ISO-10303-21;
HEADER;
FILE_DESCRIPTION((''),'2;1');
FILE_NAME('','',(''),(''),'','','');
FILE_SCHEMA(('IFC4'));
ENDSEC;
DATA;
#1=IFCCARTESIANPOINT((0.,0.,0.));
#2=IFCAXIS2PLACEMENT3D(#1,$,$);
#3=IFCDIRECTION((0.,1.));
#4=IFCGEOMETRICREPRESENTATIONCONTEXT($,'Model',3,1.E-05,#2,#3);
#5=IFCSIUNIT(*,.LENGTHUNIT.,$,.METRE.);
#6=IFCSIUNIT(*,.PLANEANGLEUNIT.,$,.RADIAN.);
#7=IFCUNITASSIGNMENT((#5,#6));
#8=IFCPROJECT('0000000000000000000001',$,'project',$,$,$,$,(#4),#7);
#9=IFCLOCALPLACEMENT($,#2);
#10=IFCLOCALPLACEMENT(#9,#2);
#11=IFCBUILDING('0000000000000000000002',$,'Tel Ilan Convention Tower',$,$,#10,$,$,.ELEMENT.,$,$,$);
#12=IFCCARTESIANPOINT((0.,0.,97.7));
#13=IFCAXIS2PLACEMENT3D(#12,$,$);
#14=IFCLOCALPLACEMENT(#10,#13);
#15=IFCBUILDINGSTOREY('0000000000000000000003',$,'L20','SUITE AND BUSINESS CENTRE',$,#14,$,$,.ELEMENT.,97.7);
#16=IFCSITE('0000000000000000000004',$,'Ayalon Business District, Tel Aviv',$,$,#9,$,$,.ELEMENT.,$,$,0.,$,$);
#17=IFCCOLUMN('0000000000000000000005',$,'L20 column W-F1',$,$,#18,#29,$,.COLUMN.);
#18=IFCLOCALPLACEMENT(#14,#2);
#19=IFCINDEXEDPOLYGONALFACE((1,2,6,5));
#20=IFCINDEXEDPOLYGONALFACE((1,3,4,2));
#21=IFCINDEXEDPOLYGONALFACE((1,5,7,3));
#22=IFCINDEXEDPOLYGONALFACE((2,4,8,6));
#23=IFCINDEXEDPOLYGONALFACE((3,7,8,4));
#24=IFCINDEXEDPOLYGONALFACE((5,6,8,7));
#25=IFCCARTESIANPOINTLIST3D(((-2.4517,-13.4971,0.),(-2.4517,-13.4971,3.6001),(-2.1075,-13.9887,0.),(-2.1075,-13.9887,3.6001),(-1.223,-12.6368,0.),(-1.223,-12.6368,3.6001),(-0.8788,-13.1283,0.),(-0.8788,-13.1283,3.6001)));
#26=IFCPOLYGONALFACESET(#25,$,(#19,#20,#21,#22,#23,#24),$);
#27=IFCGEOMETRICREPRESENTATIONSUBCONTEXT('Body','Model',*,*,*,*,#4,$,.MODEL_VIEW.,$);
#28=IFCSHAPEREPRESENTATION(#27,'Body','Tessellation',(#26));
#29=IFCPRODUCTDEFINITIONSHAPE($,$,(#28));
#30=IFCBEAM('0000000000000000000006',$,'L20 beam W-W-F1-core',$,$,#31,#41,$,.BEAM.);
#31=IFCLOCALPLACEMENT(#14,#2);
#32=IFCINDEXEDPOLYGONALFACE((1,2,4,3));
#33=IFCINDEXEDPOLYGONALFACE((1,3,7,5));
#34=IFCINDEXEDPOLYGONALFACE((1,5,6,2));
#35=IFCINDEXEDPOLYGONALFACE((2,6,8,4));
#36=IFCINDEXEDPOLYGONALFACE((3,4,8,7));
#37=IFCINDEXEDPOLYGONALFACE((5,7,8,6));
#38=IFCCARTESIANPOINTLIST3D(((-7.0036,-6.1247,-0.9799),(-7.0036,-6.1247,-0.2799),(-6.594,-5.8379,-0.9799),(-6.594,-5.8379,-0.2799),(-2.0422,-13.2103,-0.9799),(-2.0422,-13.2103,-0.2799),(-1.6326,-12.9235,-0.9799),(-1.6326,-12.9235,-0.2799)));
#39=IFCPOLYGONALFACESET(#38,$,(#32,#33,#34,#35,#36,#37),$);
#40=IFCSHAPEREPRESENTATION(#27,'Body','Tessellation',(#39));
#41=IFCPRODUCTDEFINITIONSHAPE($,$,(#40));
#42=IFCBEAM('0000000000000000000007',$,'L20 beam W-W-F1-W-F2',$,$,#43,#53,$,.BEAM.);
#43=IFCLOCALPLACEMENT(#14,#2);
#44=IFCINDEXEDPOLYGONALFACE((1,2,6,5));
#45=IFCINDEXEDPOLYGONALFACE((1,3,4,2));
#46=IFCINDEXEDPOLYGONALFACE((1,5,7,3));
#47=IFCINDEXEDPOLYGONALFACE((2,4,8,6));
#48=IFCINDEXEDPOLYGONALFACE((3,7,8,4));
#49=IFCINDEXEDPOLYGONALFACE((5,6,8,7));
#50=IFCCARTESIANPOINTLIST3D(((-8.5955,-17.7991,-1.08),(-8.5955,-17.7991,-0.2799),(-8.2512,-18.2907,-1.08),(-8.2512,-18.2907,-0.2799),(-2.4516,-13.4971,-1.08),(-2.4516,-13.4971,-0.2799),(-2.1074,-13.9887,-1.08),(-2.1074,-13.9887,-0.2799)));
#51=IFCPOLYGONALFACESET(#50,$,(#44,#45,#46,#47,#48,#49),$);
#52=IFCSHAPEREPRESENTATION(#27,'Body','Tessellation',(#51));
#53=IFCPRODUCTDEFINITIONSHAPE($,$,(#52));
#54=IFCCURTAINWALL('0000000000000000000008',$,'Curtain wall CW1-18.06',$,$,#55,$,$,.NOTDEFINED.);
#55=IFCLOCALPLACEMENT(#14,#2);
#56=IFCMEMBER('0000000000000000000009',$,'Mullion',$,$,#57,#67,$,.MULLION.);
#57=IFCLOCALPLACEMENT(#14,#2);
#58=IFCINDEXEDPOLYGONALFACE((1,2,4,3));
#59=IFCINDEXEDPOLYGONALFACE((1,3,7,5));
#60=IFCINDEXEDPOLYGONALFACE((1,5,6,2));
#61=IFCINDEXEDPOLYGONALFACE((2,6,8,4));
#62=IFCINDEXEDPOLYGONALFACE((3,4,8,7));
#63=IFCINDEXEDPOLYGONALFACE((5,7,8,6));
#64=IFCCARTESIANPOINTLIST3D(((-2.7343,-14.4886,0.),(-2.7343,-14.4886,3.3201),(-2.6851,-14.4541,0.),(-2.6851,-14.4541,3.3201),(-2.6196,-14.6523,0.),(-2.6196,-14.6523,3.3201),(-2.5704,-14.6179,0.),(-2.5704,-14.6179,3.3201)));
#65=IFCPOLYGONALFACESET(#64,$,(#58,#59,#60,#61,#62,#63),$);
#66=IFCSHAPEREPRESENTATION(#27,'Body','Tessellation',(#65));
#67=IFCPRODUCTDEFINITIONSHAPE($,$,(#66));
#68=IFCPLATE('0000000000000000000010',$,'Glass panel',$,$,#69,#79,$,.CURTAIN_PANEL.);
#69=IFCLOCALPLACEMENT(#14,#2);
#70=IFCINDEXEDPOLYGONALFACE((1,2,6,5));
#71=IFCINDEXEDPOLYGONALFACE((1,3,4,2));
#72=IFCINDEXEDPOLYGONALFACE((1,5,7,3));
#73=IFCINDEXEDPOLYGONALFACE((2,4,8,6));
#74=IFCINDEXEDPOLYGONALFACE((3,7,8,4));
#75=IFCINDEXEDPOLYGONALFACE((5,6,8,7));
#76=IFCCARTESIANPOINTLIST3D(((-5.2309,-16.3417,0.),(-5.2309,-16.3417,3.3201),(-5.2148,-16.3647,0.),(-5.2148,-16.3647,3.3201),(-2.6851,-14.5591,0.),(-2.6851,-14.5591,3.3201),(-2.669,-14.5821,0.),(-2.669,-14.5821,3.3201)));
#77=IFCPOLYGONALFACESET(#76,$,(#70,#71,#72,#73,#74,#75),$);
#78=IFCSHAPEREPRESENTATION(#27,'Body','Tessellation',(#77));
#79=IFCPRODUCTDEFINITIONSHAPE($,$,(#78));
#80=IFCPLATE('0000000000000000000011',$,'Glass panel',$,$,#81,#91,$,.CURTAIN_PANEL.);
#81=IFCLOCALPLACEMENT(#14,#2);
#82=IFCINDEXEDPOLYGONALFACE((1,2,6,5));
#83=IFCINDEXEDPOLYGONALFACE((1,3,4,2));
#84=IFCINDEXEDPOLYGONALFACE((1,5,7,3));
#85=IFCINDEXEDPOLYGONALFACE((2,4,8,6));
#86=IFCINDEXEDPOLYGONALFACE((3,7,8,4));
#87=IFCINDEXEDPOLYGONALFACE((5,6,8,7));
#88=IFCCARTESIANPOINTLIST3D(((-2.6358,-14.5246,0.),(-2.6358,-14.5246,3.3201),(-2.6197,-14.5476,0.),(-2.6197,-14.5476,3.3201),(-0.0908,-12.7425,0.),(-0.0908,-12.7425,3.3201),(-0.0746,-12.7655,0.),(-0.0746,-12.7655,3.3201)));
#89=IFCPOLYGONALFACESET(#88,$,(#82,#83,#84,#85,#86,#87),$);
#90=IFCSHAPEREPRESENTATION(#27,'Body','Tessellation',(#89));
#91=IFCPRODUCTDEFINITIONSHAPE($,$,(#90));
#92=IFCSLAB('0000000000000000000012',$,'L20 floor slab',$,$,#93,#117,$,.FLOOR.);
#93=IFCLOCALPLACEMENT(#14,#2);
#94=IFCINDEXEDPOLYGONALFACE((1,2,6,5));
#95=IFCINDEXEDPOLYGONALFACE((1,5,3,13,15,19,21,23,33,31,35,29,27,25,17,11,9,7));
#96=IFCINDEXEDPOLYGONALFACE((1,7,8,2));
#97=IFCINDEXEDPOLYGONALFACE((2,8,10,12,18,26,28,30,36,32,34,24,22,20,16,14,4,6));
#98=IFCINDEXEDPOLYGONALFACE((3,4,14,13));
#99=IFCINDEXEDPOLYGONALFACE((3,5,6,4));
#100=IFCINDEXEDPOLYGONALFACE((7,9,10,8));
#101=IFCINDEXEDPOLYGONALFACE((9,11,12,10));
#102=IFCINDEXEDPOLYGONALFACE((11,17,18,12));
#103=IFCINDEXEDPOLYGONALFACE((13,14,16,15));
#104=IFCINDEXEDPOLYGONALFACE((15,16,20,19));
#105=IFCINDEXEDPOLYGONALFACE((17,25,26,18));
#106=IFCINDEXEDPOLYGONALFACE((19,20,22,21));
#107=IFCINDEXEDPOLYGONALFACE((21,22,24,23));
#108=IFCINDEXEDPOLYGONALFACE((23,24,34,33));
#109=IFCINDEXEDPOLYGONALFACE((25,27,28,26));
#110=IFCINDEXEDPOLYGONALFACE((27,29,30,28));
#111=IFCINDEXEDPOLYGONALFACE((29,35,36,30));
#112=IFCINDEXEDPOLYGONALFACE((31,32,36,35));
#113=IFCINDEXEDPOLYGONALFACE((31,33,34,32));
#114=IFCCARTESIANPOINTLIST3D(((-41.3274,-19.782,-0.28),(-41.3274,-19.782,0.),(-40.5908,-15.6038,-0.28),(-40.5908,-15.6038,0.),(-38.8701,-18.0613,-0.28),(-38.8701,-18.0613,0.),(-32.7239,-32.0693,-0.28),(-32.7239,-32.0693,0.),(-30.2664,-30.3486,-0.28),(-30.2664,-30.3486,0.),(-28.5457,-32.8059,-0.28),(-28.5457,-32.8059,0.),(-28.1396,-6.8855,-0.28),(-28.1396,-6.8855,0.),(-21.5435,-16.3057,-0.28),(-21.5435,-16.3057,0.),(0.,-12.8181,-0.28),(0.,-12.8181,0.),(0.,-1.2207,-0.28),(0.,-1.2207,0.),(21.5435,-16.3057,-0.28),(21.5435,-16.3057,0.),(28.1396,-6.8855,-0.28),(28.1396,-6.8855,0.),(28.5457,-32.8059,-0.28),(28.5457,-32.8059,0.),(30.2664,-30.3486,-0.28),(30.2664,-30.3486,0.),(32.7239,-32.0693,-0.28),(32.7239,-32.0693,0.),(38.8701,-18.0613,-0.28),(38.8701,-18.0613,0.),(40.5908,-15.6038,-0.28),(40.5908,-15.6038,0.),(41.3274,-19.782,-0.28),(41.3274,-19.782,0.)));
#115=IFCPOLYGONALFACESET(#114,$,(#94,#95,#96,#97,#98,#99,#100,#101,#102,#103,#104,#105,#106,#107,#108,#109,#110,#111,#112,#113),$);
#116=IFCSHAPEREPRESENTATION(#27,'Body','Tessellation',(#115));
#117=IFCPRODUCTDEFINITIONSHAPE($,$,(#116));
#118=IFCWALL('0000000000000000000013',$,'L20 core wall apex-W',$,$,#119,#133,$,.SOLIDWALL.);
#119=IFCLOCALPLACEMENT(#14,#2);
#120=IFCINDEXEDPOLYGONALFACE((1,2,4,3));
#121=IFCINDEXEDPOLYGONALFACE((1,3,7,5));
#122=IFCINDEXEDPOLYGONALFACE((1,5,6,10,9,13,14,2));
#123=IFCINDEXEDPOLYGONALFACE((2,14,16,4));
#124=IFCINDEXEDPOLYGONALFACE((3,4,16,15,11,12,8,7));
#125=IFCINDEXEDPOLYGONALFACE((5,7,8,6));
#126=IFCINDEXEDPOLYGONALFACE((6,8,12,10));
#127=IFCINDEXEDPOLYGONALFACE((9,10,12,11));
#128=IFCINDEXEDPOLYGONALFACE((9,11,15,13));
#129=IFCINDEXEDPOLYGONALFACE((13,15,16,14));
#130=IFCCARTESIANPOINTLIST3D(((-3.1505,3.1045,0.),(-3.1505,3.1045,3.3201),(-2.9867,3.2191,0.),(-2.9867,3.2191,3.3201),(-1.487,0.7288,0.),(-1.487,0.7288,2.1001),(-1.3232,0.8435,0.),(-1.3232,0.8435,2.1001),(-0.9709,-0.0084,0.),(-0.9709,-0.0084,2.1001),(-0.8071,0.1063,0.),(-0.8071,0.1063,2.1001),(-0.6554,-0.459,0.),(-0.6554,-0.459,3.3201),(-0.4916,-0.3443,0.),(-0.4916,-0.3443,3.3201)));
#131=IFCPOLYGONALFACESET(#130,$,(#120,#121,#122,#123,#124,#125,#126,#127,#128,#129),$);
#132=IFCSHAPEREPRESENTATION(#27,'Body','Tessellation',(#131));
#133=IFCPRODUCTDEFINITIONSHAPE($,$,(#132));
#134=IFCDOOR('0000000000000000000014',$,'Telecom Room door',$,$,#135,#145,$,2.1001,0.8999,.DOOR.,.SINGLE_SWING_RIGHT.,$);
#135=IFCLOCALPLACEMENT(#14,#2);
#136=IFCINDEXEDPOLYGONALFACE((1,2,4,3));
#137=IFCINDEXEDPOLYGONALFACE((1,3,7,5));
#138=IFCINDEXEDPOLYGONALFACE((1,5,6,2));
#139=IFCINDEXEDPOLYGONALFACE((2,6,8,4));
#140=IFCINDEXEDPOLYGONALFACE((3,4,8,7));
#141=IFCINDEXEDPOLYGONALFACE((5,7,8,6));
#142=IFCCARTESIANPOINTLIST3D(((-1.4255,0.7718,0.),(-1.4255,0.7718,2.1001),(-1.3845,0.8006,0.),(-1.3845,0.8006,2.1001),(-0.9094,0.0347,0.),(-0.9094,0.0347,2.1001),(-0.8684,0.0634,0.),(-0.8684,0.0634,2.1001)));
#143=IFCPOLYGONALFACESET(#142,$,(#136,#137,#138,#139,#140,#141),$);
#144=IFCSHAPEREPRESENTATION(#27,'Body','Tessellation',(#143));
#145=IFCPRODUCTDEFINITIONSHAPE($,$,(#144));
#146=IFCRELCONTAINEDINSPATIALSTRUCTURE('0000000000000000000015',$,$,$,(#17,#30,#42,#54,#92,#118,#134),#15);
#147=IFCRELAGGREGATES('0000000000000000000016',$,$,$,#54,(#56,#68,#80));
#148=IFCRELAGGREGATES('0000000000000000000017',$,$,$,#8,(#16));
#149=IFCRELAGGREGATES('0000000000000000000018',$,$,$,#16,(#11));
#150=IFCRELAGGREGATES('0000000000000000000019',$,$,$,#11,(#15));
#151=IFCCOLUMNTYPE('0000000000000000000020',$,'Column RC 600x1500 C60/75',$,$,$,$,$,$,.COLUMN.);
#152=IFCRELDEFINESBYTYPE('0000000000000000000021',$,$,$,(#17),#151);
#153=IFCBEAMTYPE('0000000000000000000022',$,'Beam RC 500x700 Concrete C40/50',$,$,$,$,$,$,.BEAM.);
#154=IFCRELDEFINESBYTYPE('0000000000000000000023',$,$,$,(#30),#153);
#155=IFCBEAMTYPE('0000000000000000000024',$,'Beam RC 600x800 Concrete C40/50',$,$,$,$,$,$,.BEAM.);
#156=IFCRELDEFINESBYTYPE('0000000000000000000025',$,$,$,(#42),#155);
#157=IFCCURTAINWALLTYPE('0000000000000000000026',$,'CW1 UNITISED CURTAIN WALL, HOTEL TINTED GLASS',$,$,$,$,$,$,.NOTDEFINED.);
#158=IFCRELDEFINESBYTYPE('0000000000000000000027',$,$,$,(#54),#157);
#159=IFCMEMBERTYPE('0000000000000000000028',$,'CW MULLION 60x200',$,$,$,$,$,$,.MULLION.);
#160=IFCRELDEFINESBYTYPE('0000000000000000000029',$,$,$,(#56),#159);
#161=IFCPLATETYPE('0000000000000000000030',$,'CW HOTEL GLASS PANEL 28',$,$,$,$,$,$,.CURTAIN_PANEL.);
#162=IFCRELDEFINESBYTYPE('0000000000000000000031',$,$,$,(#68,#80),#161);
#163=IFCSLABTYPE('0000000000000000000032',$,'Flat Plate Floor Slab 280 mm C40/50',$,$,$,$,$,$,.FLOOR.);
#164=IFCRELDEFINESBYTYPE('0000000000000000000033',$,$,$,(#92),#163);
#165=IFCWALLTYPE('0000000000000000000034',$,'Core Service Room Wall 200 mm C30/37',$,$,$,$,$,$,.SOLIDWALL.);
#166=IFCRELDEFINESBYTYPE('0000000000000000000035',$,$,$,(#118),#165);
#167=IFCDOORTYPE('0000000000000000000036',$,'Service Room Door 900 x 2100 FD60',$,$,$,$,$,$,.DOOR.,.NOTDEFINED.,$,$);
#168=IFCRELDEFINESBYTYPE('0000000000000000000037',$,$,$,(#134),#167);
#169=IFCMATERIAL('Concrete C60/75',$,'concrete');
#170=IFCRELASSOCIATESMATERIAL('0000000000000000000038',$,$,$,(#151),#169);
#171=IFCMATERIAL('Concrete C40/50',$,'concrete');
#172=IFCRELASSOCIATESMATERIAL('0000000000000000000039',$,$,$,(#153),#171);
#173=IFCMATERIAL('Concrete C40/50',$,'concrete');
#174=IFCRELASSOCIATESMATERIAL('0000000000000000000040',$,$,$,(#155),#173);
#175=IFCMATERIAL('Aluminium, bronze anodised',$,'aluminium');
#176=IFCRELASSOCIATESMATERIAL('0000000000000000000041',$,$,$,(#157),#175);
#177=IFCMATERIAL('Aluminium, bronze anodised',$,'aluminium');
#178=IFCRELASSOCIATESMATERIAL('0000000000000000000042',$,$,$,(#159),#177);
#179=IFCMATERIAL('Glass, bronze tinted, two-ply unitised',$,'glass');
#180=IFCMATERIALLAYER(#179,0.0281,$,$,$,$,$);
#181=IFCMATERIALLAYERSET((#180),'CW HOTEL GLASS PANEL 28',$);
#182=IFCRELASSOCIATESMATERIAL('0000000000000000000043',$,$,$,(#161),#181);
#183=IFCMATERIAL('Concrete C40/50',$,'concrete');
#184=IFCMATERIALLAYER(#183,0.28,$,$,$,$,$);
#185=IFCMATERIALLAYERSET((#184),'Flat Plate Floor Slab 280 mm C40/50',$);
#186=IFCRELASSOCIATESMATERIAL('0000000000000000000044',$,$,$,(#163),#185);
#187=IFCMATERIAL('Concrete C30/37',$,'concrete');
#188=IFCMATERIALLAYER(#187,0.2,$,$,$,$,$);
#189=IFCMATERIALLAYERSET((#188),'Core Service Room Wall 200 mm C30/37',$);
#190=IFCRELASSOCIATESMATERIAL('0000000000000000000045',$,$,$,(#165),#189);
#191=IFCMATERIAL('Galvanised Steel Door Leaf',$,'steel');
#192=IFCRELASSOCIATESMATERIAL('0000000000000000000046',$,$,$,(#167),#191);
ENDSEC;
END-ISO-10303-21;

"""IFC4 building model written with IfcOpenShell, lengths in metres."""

from ifc_helpers import new_model, si_unit, direction, frame, frame_2d, origin, origin_2d, place, context, subcontext, project, spatial, polyline, rectangle, outline, extrude, material, layer, layer_set, material_profile, profile_set, type_object, element, fill, aggregate, save


model = new_model("IFC4")

# Units and contexts
model_context = context("Model", 3, precision=1e-05, world=origin(), true_north=direction((0.0, 1.0)))
body_context = subcontext(model_context, "Body", "Model", "MODEL_VIEW")
ifc_project = project(units=[si_unit("LENGTHUNIT", "METRE"), si_unit("PLANEANGLEUNIT", "RADIAN")], contexts=[model_context])

# Site, building, storey
site_placement = place(None, origin())
site = spatial("IfcSite", under=ifc_project, at=site_placement, Name="Ayalon Business District, Tel Aviv", CompositionType="ELEMENT", RefElevation=0.0)
building_placement = place(site_placement, origin())
building = spatial("IfcBuilding", under=site, at=building_placement, Name="Tel Ilan Convention Tower", CompositionType="ELEMENT")
storey_placement = place(building_placement, frame((0.0, 0.0, 97.7)))
storey = spatial("IfcBuildingStorey", under=building, at=storey_placement, Name="L20", Description="SUITE AND BUSINESS CENTRE", CompositionType="ELEMENT", Elevation=97.7)

# Column
ifc_material_1 = material(Name="Concrete C60/75", Category="concrete")
ifc_material_profile_1 = material_profile(ifc_material_1, rectangle(XDim=1.5, YDim=0.6001, at=origin_2d()), Name="RC 600x1500")
ifc_profile_set_1 = profile_set([ifc_material_profile_1], Name="Concrete C60/75")
column_type = type_object("IfcColumnType", Name="Column RC 600x1500 C60/75", PredefinedType="COLUMN", material=ifc_profile_set_1)
column_placement = place(storey_placement, frame((-1.6653, -13.3127, 0.0), z_axis=(0.0, 0.0, 1.0), x_axis=(-0.819152, -0.573576, 0.0)))
element("IfcColumn", 1, at=column_placement, inside=storey, type_object=column_type, Name="L20 column W-F1", PredefinedType="COLUMN", context=body_context, shape_type="SweptSolid", body=[
    extrude(rectangle(XDim=1.5, YDim=0.6001, at=origin_2d()), origin(), (0.0, 0.0, 1.0), 3.6001),
])

# Beams
ifc_material_2 = material(Name="Concrete C40/50", Category="concrete")
ifc_material_profile_2 = material_profile(ifc_material_2, rectangle(XDim=0.5, YDim=0.7, at=origin_2d()), Name="RC 500x700")
ifc_profile_set_2 = profile_set([ifc_material_profile_2], Name="Concrete C40/50")
beam_type_1 = type_object("IfcBeamType", Name="Beam RC 500x700 Concrete C40/50", PredefinedType="BEAM", material=ifc_profile_set_2)
beam_1_placement = place(storey_placement, frame((-1.8374, -13.0669, -0.6299), z_axis=(-0.573574, 0.819154, 0.0), x_axis=(-0.819154, -0.573574, 0.0)))
element("IfcBeam", 2, at=beam_1_placement, inside=storey, type_object=beam_type_1, Name="L20 beam W-W-F1-core", PredefinedType="BEAM", context=body_context, shape_type="SweptSolid", body=[
    extrude(rectangle(XDim=0.5, YDim=0.7, at=origin_2d()), origin(), (0.0, 0.0, 1.0), 8.6499),
])
ifc_material_3 = material(Name="Concrete C40/50", Category="concrete")
ifc_material_profile_3 = material_profile(ifc_material_3, rectangle(XDim=0.6001, YDim=0.8, at=origin_2d()), Name="RC 600x800")
ifc_profile_set_3 = profile_set([ifc_material_profile_3], Name="Concrete C40/50")
beam_type_2 = type_object("IfcBeamType", Name="Beam RC 600x800 Concrete C40/50", PredefinedType="BEAM", material=ifc_profile_set_3)
beam_2_placement = place(storey_placement, frame((-2.2795, -13.7429, -0.6799), z_axis=(-0.819148, -0.573582, 0.0), x_axis=(0.573582, -0.819148, 0.0)))
element("IfcBeam", 3, at=beam_2_placement, inside=storey, type_object=beam_type_2, Name="L20 beam W-W-F1-W-F2", PredefinedType="BEAM", context=body_context, shape_type="SweptSolid", body=[
    extrude(rectangle(XDim=0.6001, YDim=0.8, at=origin_2d()), origin(), (0.0, 0.0, 1.0), 7.5002),
])

# Curtain wall, member, plates
ifc_material_4 = material(Name="Aluminium, bronze anodised", Category="aluminium")
curtain_wall_type = type_object("IfcCurtainWallType", Name="CW1 UNITISED CURTAIN WALL, HOTEL TINTED GLASS", PredefinedType="NOTDEFINED", material=ifc_material_4)
curtain_wall_placement = place(storey_placement, origin())
curtain_wall = element("IfcCurtainWall", 4, at=curtain_wall_placement, inside=storey, type_object=curtain_wall_type, Name="Curtain wall CW1-18.06", PredefinedType="NOTDEFINED")
ifc_material_5 = material(Name="Aluminium, bronze anodised", Category="aluminium")
ifc_material_profile_4 = material_profile(ifc_material_5, rectangle(XDim=0.0601, YDim=0.2, at=origin_2d()), Name="CW MULLION 60x200")
ifc_profile_set_4 = profile_set([ifc_material_profile_4], Name="Aluminium, bronze anodised")
member_type = type_object("IfcMemberType", Name="CW MULLION 60x200", PredefinedType="MULLION", material=ifc_profile_set_4)
member_placement = place(storey_placement, frame((-2.6523, -14.5532, 0.0), z_axis=(0.0, 0.0, 1.0), x_axis=(0.819152, 0.573576, 0.0)))
member = element("IfcMember", 5, at=member_placement, type_object=member_type, Name="Mullion", PredefinedType="MULLION", context=body_context, shape_type="SweptSolid", body=[
    extrude(rectangle(XDim=0.0601, YDim=0.2, at=origin_2d()), origin(), (0.0, 0.0, 1.0), 3.3201),
])
ifc_material_6 = material(Name="Glass, bronze tinted, two-ply unitised", Category="glass")
ifc_layer_1 = layer(ifc_material_6, 0.0281)
ifc_layer_set_1 = layer_set([ifc_layer_1], Name="CW HOTEL GLASS PANEL 28")
plate_type = type_object("IfcPlateType", Name="CW HOTEL GLASS PANEL 28", PredefinedType="CURTAIN_PANEL", material=ifc_layer_set_1)
plate_1_placement = place(storey_placement, frame((-3.95, -15.4619, 0.0), z_axis=(0.0, 0.0, 1.0), x_axis=(0.819152, 0.573576, 0.0)))
plate_1 = element("IfcPlate", 6, at=plate_1_placement, type_object=plate_type, Name="Glass panel", PredefinedType="CURTAIN_PANEL", context=body_context, shape_type="SweptSolid", body=[
    extrude(rectangle(XDim=3.1079, YDim=0.0281, at=origin_2d()), origin(), (0.0, 0.0, 1.0), 3.3201),
])
plate_2_placement = place(storey_placement, frame((-1.3552, -13.645, 0.0), z_axis=(0.0, 0.0, 1.0), x_axis=(0.819152, 0.573576, 0.0)))
plate_2 = element("IfcPlate", 7, at=plate_2_placement, type_object=plate_type, Name="Glass panel", PredefinedType="CURTAIN_PANEL", context=body_context, shape_type="SweptSolid", body=[
    extrude(rectangle(XDim=3.1069, YDim=0.0281, at=origin_2d()), origin(), (0.0, 0.0, 1.0), 3.3201),
])
aggregate(curtain_wall, [member, plate_1, plate_2])

# Slab
ifc_material_7 = material(Name="Concrete C40/50", Category="concrete")
ifc_layer_2 = layer(ifc_material_7, 0.28)
ifc_layer_set_2 = layer_set([ifc_layer_2], Name="Flat Plate Floor Slab 280 mm C40/50")
slab_type = type_object("IfcSlabType", Name="Flat Plate Floor Slab 280 mm C40/50", PredefinedType="FLOOR", material=ifc_layer_set_2)
slab_placement = place(storey_placement, frame((0.0, 0.0, -0.28)))
element("IfcSlab", 8, at=slab_placement, inside=storey, type_object=slab_type, Name="L20 floor slab", PredefinedType="FLOOR", context=body_context, shape_type="SweptSolid", body=[
    extrude(outline(polyline([(-30.2664, -30.3486), (-32.7239, -32.0693), (-41.3274, -19.782), (-38.8701, -18.0613), (-40.5908, -15.6038), (-28.1396, -6.8855), (-21.5435, -16.3057), (0.0, -1.2207), (21.5435, -16.3057), (28.1396, -6.8855), (40.5908, -15.6038), (38.8701, -18.0613), (41.3274, -19.782), (32.7239, -32.0693), (30.2664, -30.3486), (28.5457, -32.8059), (0.0, -12.8181), (-28.5457, -32.8059), (-30.2664, -30.3486)])), origin(), (0.0, 0.0, 1.0), 0.28),
])

# Wall, opening, door
ifc_material_8 = material(Name="Concrete C30/37", Category="concrete")
ifc_layer_3 = layer(ifc_material_8, 0.2)
ifc_layer_set_3 = layer_set([ifc_layer_3], Name="Core Service Room Wall 200 mm C30/37")
wall_type_1 = type_object("IfcWallType", Name="Core Service Room Wall 200 mm C30/37", PredefinedType="SOLIDWALL", material=ifc_layer_set_3)
wall_1_placement = place(storey_placement, frame((-0.5735, -0.4016, 0.0), z_axis=(0.0, 0.0, 1.0), x_axis=(-0.573568, 0.819158, 0.0)))
wall_1 = element("IfcWall", 9, at=wall_1_placement, inside=storey, type_object=wall_type_1, Name="L20 core wall apex-W", PredefinedType="SOLIDWALL", context=body_context, shape_type="SweptSolid", body=[
    extrude(rectangle(XDim=4.3501, YDim=0.2, at=frame_2d((2.175, 0.0))), origin(), (0.0, 0.0, 1.0), 3.3201),
])
opening_1_placement = place(wall_1_placement, frame((0.55, 0.0, 0.0)))
opening_1 = element("IfcOpeningElement", 10, at=opening_1_placement, cuts=wall_1, PredefinedType="OPENING", context=body_context, shape_type="SweptSolid", body=[
    extrude(rectangle(XDim=0.8999, YDim=2.1001, at=frame_2d((0.45, 1.05))), frame((0.0, 0.1099, 0.0), z_axis=(0.0, -1.0, 0.0), x_axis=(1.0, 0.0, 0.0)), (0.0, 0.0, 1.0), 0.22),
])
ifc_material_9 = material(Name="Galvanised Steel Door Leaf", Category="steel")
door_type_1 = type_object("IfcDoorType", Name="Service Room Door 900 x 2100 FD60", OperationType="NOTDEFINED", PredefinedType="DOOR", material=ifc_material_9)
door_1_placement = place(opening_1_placement, origin())
door_1 = element("IfcDoor", 11, at=door_1_placement, inside=storey, type_object=door_type_1, Name="Telecom Room door", OperationType="SINGLE_SWING_RIGHT", OverallHeight=2.1001, OverallWidth=0.8999, PredefinedType="DOOR", context=body_context, shape_type="SweptSolid", body=[
    extrude(rectangle(XDim=0.8999, YDim=2.1001, at=frame_2d((0.45, 1.05))), frame((0.0, 0.0249, 0.0), z_axis=(0.0, -1.0, 0.0), x_axis=(1.0, 0.0, 0.0)), (0.0, 0.0, 1.0), 0.05),
])
fill(opening_1, door_1)

save(model, "model.ifc")
